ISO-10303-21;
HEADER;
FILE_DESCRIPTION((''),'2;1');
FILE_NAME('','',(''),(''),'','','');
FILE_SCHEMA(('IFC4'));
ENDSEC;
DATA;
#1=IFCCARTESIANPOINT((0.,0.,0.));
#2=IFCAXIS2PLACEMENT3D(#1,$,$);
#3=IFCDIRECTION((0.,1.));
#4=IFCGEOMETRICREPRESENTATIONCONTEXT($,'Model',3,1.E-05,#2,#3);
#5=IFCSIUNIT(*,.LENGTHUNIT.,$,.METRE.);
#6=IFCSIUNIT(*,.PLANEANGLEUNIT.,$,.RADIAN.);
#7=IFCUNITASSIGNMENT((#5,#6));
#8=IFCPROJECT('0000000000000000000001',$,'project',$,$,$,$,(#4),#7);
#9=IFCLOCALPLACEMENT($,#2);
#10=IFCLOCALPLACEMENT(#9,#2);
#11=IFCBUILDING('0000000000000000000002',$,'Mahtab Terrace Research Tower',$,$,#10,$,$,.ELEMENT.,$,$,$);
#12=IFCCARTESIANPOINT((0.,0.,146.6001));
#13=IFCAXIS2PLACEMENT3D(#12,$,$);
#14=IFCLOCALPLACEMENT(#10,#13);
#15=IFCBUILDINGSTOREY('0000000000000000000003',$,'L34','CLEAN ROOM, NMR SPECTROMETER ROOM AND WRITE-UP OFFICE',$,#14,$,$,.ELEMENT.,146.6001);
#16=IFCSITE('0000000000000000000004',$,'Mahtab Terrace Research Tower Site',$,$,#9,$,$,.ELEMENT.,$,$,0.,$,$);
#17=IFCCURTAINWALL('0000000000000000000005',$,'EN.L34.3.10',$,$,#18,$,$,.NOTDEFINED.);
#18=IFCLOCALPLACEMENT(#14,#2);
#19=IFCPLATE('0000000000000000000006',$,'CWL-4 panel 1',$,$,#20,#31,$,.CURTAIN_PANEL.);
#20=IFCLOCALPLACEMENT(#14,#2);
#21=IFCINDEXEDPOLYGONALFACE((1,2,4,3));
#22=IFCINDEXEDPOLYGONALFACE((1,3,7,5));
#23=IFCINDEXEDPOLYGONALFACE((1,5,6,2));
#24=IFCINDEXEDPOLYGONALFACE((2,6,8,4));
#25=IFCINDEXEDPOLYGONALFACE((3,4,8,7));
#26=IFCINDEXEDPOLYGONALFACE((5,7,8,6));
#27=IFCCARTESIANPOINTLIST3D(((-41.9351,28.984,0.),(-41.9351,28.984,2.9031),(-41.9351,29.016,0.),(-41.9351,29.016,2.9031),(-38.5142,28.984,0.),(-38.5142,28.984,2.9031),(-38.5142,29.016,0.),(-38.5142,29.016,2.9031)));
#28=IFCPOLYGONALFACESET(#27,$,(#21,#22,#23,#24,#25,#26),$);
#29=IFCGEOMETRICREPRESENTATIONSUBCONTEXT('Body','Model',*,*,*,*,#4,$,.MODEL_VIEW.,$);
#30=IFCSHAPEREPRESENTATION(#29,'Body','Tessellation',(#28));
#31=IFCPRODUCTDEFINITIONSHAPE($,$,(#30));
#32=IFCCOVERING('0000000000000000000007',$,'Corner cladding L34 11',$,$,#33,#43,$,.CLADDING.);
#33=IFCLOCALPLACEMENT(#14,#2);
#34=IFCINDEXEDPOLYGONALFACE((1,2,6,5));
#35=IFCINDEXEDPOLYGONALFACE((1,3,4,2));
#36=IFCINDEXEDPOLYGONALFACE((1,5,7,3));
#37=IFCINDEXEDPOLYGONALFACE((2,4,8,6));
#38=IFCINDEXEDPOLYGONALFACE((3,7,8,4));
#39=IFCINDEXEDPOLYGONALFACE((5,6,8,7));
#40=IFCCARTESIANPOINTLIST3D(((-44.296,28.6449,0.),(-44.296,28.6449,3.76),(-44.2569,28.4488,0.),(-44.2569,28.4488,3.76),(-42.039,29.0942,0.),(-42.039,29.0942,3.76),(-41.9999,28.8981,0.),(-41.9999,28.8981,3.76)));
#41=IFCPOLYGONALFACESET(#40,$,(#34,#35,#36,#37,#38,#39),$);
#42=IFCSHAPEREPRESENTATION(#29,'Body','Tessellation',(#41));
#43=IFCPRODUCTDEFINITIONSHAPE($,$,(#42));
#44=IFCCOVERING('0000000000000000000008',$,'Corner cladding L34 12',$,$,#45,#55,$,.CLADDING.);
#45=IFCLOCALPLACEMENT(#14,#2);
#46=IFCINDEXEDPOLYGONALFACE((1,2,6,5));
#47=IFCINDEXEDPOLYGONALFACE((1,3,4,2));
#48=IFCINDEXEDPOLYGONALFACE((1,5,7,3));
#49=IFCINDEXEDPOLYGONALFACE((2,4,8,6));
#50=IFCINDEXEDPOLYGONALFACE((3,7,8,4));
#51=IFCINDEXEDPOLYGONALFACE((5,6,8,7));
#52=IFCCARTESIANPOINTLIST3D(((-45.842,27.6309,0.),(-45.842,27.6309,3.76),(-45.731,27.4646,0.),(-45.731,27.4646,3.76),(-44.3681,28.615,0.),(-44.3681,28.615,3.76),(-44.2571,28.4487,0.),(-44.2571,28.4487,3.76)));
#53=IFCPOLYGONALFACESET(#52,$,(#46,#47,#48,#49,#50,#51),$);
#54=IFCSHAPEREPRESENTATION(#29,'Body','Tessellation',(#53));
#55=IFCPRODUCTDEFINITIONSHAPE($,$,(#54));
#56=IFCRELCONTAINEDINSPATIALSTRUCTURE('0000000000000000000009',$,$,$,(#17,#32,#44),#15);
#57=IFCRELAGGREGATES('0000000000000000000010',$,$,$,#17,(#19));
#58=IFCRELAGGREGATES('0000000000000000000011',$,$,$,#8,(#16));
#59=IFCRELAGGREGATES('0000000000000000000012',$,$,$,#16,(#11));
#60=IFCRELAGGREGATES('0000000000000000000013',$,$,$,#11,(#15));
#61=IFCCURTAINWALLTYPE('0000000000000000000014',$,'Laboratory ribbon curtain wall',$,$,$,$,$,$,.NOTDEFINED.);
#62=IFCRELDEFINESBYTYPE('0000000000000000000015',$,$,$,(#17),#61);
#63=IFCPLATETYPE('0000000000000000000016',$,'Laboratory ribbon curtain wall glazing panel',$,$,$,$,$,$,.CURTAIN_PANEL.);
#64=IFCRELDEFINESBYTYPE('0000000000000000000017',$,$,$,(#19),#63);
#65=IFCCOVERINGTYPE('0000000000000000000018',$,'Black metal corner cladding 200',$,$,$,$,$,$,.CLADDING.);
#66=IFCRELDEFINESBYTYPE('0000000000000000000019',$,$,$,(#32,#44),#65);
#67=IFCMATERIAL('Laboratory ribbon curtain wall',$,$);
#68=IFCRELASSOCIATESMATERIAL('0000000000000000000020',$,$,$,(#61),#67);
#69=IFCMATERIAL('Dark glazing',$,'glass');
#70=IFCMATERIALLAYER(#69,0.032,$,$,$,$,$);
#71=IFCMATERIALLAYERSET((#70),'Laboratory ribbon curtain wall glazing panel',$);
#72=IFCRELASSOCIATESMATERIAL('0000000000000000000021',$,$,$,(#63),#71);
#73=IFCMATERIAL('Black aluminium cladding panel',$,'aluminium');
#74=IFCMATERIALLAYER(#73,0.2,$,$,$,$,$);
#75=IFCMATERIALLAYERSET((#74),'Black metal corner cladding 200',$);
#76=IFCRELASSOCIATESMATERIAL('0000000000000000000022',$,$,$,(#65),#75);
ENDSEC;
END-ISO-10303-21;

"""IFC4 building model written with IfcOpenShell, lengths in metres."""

from ifc_helpers import new_model, si_unit, direction, frame, origin, origin_2d, place, context, subcontext, project, spatial, rectangle, extrude, material, layer, layer_set, type_object, element, aggregate, save


model = new_model("IFC4")

# Units and contexts
model_context = context("Model", 3, precision=1e-05, world=origin(), true_north=direction((0.0, 1.0)))
body_context = subcontext(model_context, "Body", "Model", "MODEL_VIEW")
ifc_project = project(units=[si_unit("LENGTHUNIT", "METRE"), si_unit("PLANEANGLEUNIT", "RADIAN")], contexts=[model_context])

# Site, building, storey
site_placement = place(None, origin())
site = spatial("IfcSite", under=ifc_project, at=site_placement, Name="Mahtab Terrace Research Tower Site", CompositionType="ELEMENT", RefElevation=0.0)
building_placement = place(site_placement, origin())
building = spatial("IfcBuilding", under=site, at=building_placement, Name="Mahtab Terrace Research Tower", CompositionType="ELEMENT")
storey_placement = place(building_placement, frame((0.0, 0.0, 146.6001)))
storey = spatial("IfcBuildingStorey", under=building, at=storey_placement, Name="L34", Description="CLEAN ROOM, NMR SPECTROMETER ROOM AND WRITE-UP OFFICE", CompositionType="ELEMENT", Elevation=146.6001)

# Curtain wall
ifc_material_1 = material(Name="Laboratory ribbon curtain wall")
curtain_wall_type = type_object("IfcCurtainWallType", Name="Laboratory ribbon curtain wall", PredefinedType="NOTDEFINED", material=ifc_material_1)
curtain_wall_1_placement = place(storey_placement, origin())
curtain_wall_1 = element("IfcCurtainWall", 1, at=curtain_wall_1_placement, inside=storey, type_object=curtain_wall_type, Name="EN.L34.3.10", PredefinedType="NOTDEFINED")

# Plate
ifc_material_2 = material(Name="Dark glazing", Category="glass")
ifc_layer_1 = layer(ifc_material_2, 0.032)
ifc_layer_set_1 = layer_set([ifc_layer_1], Name="Laboratory ribbon curtain wall glazing panel")
plate_type = type_object("IfcPlateType", Name="Laboratory ribbon curtain wall glazing panel", PredefinedType="CURTAIN_PANEL", material=ifc_layer_set_1)
plate_1_placement = place(storey_placement, frame((-40.2246, 29.0, 0.0), z_axis=(0.0, 0.0, 1.0), x_axis=(-1.0, 0.0, 0.0)))
plate_1 = element("IfcPlate", 2, at=plate_1_placement, type_object=plate_type, Name="CWL-4 panel 1", PredefinedType="CURTAIN_PANEL", context=body_context, shape_type="SweptSolid", body=[
    extrude(rectangle(XDim=3.4209, YDim=0.032, at=origin_2d()), origin(), (0.0, 0.0, 1.0), 2.9031),
])
aggregate(curtain_wall_1, [plate_1])

# Coverings
ifc_material_3 = material(Name="Black aluminium cladding panel", Category="aluminium")
ifc_layer_2 = layer(ifc_material_3, 0.2)
ifc_layer_set_2 = layer_set([ifc_layer_2], Name="Black metal corner cladding 200")
covering_type = type_object("IfcCoveringType", Name="Black metal corner cladding 200", PredefinedType="CLADDING", material=ifc_layer_set_2)
covering_1_placement = place(storey_placement, frame((-43.1479, 28.7715, 0.0), z_axis=(0.0, 0.0, 1.0), x_axis=(-0.980761, -0.195212, 0.0)))
element("IfcCovering", 3, at=covering_1_placement, inside=storey, type_object=covering_type, Name="Corner cladding L34 11", PredefinedType="CLADDING", context=body_context, shape_type="SweptSolid", body=[
    extrude(rectangle(XDim=2.3013, YDim=0.2, at=origin_2d()), origin(), (0.0, 0.0, 1.0), 3.76),
])
covering_2_placement = place(storey_placement, frame((-45.0496, 28.0398, 0.0), z_axis=(0.0, 0.0, 1.0), x_axis=(-0.831656, -0.555291, 0.0)))
element("IfcCovering", 4, at=covering_2_placement, inside=storey, type_object=covering_type, Name="Corner cladding L34 12", PredefinedType="CLADDING", context=body_context, shape_type="SweptSolid", body=[
    extrude(rectangle(XDim=1.7722, YDim=0.2, at=origin_2d()), origin(), (0.0, 0.0, 1.0), 3.76),
])

save(model, "model.ifc")
